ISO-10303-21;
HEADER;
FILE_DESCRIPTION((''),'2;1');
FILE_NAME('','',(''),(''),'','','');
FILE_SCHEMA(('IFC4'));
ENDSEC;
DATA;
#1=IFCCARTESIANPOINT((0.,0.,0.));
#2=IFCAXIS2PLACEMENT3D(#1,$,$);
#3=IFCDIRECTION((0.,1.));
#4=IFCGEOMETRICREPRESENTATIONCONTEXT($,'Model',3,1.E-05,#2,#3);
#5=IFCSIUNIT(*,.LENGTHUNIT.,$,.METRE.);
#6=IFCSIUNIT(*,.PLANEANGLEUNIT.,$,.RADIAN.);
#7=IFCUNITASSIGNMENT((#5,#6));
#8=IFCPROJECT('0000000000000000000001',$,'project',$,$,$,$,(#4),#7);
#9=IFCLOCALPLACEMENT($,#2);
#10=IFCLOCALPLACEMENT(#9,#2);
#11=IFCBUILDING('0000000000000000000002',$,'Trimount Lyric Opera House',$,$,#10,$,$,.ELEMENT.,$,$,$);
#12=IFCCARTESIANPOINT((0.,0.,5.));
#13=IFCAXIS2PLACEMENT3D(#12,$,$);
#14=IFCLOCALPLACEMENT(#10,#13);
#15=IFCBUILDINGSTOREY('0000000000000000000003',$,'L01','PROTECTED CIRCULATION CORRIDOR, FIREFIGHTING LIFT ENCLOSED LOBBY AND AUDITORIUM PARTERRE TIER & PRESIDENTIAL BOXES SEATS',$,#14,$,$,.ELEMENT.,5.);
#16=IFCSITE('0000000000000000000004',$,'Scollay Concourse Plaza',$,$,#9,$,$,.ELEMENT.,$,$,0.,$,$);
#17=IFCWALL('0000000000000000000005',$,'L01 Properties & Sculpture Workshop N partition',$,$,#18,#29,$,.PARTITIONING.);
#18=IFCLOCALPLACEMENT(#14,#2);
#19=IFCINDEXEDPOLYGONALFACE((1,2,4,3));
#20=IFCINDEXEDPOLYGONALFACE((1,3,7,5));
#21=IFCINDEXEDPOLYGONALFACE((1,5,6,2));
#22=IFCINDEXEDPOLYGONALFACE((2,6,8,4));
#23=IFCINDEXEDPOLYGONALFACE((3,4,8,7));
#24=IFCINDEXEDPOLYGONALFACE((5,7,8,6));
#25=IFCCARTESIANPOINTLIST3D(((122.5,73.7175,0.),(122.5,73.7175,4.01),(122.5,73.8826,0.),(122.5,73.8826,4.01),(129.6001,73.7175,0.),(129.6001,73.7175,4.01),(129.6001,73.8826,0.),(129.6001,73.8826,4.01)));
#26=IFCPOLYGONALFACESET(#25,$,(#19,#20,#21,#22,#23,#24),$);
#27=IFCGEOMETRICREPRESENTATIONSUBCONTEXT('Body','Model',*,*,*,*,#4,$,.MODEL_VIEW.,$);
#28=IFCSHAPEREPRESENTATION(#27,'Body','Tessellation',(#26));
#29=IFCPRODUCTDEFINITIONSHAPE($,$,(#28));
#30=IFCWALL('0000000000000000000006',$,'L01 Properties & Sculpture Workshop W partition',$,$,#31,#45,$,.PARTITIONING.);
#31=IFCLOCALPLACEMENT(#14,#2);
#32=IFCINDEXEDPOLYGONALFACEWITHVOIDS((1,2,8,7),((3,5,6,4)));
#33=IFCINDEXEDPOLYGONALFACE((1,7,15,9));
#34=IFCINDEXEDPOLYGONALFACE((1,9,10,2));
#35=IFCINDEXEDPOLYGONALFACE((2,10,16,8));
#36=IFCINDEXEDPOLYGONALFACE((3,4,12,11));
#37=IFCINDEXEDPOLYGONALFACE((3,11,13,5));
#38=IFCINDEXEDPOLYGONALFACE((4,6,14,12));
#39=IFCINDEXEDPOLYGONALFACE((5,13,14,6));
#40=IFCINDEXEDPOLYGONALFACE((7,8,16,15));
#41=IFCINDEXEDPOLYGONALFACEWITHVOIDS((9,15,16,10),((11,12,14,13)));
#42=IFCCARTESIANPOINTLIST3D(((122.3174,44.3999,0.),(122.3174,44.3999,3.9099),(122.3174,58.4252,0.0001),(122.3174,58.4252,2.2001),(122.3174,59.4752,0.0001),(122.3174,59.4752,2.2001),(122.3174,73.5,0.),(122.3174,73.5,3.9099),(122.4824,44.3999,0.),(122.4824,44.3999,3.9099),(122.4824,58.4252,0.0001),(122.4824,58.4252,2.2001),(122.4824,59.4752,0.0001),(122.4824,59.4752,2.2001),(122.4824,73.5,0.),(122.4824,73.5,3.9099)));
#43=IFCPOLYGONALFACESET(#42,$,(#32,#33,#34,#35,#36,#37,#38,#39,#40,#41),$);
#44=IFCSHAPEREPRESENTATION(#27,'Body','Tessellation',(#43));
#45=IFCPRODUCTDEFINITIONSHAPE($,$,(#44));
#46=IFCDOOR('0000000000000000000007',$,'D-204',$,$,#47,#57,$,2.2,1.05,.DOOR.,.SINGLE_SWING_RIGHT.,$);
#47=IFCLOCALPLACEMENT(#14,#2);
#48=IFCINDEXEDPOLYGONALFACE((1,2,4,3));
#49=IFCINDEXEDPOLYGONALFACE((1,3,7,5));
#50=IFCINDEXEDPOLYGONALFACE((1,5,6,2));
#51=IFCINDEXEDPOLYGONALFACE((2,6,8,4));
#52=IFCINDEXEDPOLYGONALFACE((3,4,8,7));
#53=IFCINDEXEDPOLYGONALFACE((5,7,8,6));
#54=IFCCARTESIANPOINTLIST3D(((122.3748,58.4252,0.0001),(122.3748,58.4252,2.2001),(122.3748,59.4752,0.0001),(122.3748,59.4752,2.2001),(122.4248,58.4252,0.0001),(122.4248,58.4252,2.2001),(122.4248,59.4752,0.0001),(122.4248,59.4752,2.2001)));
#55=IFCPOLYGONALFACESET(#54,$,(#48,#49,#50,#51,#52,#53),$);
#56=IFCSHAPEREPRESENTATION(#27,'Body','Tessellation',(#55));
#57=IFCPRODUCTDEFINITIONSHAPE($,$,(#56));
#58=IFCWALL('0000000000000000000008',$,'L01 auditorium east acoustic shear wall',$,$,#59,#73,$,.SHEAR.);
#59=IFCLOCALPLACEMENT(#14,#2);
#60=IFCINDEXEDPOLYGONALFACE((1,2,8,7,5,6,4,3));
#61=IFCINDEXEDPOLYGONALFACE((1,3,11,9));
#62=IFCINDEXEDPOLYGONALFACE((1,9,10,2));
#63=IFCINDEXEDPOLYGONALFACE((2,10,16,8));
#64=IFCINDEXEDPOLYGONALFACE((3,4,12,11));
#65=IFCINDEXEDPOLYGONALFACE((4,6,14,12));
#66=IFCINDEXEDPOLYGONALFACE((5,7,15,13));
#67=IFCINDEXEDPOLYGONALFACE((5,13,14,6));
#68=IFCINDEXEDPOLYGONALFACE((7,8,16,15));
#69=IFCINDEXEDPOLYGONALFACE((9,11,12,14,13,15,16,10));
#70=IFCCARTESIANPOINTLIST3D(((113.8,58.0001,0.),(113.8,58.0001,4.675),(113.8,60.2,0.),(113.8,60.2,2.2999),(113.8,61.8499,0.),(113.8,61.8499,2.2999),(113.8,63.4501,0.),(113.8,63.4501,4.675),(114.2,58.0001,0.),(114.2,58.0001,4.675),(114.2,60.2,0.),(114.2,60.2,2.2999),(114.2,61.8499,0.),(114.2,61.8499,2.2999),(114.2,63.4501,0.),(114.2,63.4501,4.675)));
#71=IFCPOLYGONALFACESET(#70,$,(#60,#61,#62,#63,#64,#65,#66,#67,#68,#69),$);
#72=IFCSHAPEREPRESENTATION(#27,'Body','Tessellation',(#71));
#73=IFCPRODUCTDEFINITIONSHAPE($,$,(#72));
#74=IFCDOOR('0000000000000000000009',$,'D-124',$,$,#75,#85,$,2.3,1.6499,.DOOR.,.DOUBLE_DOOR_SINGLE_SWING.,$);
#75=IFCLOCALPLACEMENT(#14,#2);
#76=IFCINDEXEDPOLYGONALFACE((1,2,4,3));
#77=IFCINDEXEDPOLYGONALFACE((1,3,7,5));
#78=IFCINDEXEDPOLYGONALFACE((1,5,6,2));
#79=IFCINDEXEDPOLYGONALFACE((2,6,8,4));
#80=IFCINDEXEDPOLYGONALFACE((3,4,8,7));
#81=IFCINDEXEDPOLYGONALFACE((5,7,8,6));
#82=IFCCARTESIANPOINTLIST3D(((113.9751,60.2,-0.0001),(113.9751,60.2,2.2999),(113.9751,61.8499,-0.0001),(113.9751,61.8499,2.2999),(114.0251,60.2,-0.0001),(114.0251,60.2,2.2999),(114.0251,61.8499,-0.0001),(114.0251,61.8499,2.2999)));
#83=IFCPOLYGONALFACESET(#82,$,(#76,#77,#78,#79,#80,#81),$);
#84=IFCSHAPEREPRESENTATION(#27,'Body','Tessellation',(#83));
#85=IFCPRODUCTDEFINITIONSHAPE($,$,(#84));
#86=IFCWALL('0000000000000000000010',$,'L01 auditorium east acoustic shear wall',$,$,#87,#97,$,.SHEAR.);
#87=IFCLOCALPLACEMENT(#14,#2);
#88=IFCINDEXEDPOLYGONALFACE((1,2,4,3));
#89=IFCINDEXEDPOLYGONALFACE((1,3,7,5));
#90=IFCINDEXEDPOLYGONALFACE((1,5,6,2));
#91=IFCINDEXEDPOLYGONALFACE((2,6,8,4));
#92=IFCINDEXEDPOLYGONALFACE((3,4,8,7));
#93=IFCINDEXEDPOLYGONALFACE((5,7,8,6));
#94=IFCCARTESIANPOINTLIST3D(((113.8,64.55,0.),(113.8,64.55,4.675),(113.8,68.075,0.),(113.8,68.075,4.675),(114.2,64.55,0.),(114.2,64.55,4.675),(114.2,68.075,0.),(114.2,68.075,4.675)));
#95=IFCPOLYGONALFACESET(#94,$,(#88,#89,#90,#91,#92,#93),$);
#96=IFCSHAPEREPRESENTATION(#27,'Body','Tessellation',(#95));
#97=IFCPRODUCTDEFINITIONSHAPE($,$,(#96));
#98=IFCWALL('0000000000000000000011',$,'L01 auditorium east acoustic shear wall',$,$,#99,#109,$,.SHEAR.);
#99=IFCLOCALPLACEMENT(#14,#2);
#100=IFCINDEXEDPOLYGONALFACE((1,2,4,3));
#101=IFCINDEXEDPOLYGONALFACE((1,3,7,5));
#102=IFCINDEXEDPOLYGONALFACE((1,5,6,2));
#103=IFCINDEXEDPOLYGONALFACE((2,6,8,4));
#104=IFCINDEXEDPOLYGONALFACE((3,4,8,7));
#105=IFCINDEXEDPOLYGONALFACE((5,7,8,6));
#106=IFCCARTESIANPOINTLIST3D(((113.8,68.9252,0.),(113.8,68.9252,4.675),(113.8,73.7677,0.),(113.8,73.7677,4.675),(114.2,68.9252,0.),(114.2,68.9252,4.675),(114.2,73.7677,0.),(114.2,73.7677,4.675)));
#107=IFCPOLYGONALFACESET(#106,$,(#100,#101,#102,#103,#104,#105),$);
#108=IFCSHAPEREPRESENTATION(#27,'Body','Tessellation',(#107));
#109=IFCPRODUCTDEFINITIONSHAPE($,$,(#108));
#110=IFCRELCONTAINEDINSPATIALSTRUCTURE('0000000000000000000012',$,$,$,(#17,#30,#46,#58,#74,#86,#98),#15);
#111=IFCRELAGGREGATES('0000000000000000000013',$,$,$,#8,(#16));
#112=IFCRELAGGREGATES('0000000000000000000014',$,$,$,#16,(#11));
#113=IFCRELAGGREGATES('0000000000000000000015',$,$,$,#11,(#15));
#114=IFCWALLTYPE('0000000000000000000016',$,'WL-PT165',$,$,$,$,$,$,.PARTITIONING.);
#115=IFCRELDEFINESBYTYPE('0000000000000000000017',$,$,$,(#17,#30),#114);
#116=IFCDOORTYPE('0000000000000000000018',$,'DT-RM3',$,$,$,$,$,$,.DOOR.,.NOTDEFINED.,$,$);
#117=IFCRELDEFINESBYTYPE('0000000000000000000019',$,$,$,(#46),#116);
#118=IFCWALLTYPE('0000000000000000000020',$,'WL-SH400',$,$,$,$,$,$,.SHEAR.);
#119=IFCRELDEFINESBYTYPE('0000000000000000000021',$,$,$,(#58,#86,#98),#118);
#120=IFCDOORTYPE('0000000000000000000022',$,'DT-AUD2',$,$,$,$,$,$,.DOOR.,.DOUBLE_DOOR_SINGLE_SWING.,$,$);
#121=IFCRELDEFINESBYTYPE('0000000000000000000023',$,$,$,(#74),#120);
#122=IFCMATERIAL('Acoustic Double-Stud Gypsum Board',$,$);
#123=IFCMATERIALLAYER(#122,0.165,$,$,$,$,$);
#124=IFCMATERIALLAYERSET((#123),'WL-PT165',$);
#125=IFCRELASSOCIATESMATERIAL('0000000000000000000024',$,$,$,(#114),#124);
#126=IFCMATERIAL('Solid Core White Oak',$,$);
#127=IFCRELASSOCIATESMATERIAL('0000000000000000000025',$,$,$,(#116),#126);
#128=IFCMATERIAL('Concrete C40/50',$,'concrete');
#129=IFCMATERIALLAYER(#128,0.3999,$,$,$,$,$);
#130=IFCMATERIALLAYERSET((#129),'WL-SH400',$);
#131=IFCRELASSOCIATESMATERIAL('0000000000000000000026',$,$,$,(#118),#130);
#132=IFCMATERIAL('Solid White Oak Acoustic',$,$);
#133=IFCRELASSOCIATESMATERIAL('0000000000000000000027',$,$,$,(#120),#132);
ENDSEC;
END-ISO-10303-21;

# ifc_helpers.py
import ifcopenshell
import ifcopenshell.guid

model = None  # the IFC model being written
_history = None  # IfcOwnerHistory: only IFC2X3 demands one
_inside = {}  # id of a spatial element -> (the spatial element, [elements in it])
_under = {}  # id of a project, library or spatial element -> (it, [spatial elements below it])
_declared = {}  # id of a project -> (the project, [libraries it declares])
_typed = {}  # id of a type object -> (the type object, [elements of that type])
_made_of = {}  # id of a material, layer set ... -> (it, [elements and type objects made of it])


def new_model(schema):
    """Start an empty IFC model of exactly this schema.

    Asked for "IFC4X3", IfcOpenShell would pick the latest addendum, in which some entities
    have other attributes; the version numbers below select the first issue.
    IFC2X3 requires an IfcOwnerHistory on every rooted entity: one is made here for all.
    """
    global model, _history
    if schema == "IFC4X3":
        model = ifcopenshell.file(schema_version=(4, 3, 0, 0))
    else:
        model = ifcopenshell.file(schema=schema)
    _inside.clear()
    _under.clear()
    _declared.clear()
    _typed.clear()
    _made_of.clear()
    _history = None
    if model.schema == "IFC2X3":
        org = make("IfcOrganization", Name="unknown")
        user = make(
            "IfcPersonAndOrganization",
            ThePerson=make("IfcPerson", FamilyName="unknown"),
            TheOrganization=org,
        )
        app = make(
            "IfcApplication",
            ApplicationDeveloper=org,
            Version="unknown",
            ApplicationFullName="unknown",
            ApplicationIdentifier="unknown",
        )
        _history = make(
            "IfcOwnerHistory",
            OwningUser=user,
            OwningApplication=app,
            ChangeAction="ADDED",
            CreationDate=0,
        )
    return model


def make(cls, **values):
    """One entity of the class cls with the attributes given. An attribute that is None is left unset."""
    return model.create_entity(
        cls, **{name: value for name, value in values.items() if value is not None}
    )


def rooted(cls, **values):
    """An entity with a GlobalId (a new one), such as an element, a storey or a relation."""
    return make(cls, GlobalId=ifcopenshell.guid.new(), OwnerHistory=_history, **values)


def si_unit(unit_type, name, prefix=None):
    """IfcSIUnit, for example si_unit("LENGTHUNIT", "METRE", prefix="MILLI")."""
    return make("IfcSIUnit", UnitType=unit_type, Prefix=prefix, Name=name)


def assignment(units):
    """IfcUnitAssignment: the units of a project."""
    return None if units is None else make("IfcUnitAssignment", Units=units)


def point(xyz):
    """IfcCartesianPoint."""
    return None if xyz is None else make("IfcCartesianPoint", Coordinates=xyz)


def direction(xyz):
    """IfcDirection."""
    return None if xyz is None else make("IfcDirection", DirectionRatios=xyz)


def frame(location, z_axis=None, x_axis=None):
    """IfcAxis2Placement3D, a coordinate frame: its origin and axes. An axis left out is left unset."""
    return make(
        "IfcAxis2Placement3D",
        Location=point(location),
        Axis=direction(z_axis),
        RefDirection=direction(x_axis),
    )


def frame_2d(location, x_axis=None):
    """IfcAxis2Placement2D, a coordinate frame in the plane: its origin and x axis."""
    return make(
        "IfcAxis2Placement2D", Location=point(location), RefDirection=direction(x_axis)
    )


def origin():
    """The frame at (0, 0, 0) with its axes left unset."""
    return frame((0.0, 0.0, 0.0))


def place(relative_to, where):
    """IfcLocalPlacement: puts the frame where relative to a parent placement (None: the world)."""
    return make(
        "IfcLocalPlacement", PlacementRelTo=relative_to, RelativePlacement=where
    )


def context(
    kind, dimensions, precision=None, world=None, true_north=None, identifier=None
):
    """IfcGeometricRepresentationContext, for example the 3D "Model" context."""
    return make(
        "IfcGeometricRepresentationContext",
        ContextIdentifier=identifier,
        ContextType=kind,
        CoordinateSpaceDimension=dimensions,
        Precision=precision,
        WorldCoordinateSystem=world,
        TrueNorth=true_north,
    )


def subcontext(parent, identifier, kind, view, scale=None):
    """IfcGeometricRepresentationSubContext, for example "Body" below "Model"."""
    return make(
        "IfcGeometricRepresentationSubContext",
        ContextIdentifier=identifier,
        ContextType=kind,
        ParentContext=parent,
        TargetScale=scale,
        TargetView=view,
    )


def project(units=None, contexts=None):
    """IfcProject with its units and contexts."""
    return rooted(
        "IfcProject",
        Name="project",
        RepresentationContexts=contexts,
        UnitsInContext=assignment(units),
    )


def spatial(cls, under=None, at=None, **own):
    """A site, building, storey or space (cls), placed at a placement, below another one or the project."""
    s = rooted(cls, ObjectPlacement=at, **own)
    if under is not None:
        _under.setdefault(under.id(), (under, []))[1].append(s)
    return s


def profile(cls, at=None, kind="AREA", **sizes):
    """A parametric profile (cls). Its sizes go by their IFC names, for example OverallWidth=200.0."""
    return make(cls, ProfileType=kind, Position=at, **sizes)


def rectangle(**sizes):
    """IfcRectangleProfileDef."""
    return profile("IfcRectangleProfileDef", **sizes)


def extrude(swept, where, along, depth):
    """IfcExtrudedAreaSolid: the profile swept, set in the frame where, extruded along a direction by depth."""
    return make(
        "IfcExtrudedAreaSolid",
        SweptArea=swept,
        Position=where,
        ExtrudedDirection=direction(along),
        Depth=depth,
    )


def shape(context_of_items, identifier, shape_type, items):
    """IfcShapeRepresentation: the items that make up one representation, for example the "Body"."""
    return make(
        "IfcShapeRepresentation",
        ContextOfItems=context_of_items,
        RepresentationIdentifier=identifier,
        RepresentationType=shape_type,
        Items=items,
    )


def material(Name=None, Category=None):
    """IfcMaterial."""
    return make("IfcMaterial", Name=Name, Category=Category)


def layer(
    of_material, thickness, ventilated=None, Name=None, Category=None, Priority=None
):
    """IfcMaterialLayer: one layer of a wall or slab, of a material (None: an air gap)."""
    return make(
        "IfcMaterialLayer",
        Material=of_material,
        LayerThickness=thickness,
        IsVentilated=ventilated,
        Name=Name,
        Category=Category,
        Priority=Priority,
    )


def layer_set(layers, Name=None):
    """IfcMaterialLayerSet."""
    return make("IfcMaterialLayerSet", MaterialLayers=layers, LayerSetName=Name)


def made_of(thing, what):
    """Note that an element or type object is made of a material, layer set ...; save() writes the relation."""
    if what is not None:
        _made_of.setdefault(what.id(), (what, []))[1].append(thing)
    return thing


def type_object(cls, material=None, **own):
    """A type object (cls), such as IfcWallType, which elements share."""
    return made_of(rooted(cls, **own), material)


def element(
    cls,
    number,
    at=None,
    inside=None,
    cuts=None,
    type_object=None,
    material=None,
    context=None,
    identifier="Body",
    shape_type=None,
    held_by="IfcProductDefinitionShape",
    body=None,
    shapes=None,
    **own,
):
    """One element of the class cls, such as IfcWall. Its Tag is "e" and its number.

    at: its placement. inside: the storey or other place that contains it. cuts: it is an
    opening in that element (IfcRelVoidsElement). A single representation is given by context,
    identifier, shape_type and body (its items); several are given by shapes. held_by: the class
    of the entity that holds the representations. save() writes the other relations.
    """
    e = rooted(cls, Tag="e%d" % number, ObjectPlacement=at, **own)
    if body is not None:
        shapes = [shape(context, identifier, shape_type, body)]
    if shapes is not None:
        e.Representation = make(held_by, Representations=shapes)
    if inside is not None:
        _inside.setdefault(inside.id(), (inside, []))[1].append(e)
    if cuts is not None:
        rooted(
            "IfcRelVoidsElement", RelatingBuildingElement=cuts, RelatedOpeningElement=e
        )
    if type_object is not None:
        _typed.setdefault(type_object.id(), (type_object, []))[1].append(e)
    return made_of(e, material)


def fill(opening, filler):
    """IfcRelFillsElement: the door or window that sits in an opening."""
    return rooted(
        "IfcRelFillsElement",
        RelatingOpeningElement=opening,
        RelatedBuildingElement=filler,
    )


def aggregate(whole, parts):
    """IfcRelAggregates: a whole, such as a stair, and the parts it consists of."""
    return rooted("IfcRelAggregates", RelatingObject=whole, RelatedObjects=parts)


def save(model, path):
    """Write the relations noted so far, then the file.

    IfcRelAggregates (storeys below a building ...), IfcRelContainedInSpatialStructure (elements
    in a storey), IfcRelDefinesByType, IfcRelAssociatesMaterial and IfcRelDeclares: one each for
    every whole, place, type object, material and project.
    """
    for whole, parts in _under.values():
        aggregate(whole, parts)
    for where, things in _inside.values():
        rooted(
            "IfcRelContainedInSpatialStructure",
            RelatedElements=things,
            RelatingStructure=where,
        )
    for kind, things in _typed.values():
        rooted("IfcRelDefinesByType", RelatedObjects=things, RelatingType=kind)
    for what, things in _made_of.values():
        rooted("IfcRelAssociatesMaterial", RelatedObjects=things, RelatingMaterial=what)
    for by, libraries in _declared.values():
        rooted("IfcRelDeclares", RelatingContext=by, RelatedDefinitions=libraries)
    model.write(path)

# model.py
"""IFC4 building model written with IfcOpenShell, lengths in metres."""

from ifc_helpers import new_model, si_unit, direction, frame, frame_2d, origin, place, context, subcontext, project, spatial, rectangle, extrude, material, layer, layer_set, type_object, element, fill, save


model = new_model("IFC4")

# Units and contexts
model_context = context("Model", 3, precision=1e-05, world=origin(), true_north=direction((0.0, 1.0)))
body_context = subcontext(model_context, "Body", "Model", "MODEL_VIEW")
ifc_project = project(units=[si_unit("LENGTHUNIT", "METRE"), si_unit("PLANEANGLEUNIT", "RADIAN")], contexts=[model_context])

# Site, building, storey
site_placement = place(None, origin())
site = spatial("IfcSite", under=ifc_project, at=site_placement, Name="Scollay Concourse Plaza", CompositionType="ELEMENT", RefElevation=0.0)
building_placement = place(site_placement, origin())
building = spatial("IfcBuilding", under=site, at=building_placement, Name="Trimount Lyric Opera House", CompositionType="ELEMENT")
storey_placement = place(building_placement, frame((0.0, 0.0, 5.0)))
storey = spatial("IfcBuildingStorey", under=building, at=storey_placement, Name="L01", Description="PROTECTED CIRCULATION CORRIDOR, FIREFIGHTING LIFT ENCLOSED LOBBY AND AUDITORIUM PARTERRE TIER & PRESIDENTIAL BOXES SEATS", CompositionType="ELEMENT", Elevation=5.0)

# Wall
ifc_material_1 = material(Name="Acoustic Double-Stud Gypsum Board")
ifc_layer_1 = layer(ifc_material_1, 0.165)
ifc_layer_set_1 = layer_set([ifc_layer_1], Name="WL-PT165")
wall_type_1 = type_object("IfcWallType", Name="WL-PT165", PredefinedType="PARTITIONING", material=ifc_layer_set_1)
wall_1_placement = place(storey_placement, frame((129.6001, 73.8, 0.0), z_axis=(0.0, 0.0, 1.0), x_axis=(-1.0, 0.0, 0.0)))
element("IfcWall", 1, at=wall_1_placement, inside=storey, type_object=wall_type_1, Name="L01 Properties & Sculpture Workshop N partition", PredefinedType="PARTITIONING", context=body_context, shape_type="SweptSolid", body=[
    extrude(rectangle(XDim=7.1001, YDim=0.165, at=frame_2d((3.55, 0.0))), origin(), (0.0, 0.0, 1.0), 4.01),
])

# Walls, openings, doors
wall_2_placement = place(storey_placement, frame((122.3999, 73.5, 0.0), z_axis=(0.0, 0.0, 1.0), x_axis=(0.0, -1.0, 0.0)))
wall_2 = element("IfcWall", 2, at=wall_2_placement, inside=storey, type_object=wall_type_1, Name="L01 Properties & Sculpture Workshop W partition", PredefinedType="PARTITIONING", context=body_context, shape_type="SweptSolid", body=[
    extrude(rectangle(XDim=29.1001, YDim=0.165, at=frame_2d((14.55, 0.0))), origin(), (0.0, 0.0, 1.0), 3.9099),
])
opening_1_placement = place(wall_2_placement, frame((14.0249, 0.0, 0.0)))
opening_1 = element("IfcOpeningElement", 3, at=opening_1_placement, cuts=wall_2, PredefinedType="OPENING", context=body_context, shape_type="SweptSolid", body=[
    extrude(rectangle(XDim=1.05, YDim=2.2, at=frame_2d((0.5249, 1.1001))), frame((0.0, 0.0925, 0.0), z_axis=(0.0, -1.0, 0.0), x_axis=(1.0, 0.0, 0.0)), (0.0, 0.0, 1.0), 0.1851),
])
ifc_material_2 = material(Name="Solid Core White Oak")
door_type_1 = type_object("IfcDoorType", Name="DT-RM3", OperationType="NOTDEFINED", PredefinedType="DOOR", material=ifc_material_2)
door_1_placement = place(opening_1_placement, origin())
door_1 = element("IfcDoor", 4, at=door_1_placement, inside=storey, type_object=door_type_1, Name="D-204", OperationType="SINGLE_SWING_RIGHT", OverallHeight=2.2, OverallWidth=1.05, PredefinedType="DOOR", context=body_context, shape_type="SweptSolid", body=[
    extrude(rectangle(XDim=1.05, YDim=2.2, at=frame_2d((0.5249, 1.1001))), frame((0.0, 0.0249, 0.0), z_axis=(0.0, -1.0, 0.0), x_axis=(1.0, 0.0, 0.0)), (0.0, 0.0, 1.0), 0.05),
])
fill(opening_1, door_1)
ifc_material_3 = material(Name="Concrete C40/50", Category="concrete")
ifc_layer_2 = layer(ifc_material_3, 0.3999)
ifc_layer_set_2 = layer_set([ifc_layer_2], Name="WL-SH400")
wall_type_2 = type_object("IfcWallType", Name="WL-SH400", PredefinedType="SHEAR", material=ifc_layer_set_2)
wall_3_placement = place(storey_placement, frame((114.0, 58.0, 0.0), z_axis=(0.0, 0.0, 1.0), x_axis=(0.0, 1.0, 0.0)))
wall_3 = element("IfcWall", 5, at=wall_3_placement, inside=storey, type_object=wall_type_2, Name="L01 auditorium east acoustic shear wall", PredefinedType="SHEAR", context=body_context, shape_type="SweptSolid", body=[
    extrude(rectangle(XDim=5.45, YDim=0.3999, at=frame_2d((2.7251, 0.0))), origin(), (0.0, 0.0, 1.0), 4.675),
])
opening_2_placement = place(wall_3_placement, frame((2.2, 0.0, 0.0)))
opening_2 = element("IfcOpeningElement", 6, at=opening_2_placement, cuts=wall_3, PredefinedType="OPENING", context=body_context, shape_type="SweptSolid", body=[
    extrude(rectangle(XDim=1.6499, YDim=2.3, at=frame_2d((0.825, 1.1499))), frame((0.0, 0.21, 0.0), z_axis=(0.0, -1.0, 0.0), x_axis=(1.0, 0.0, 0.0)), (0.0, 0.0, 1.0), 0.4199),
])
ifc_material_4 = material(Name="Solid White Oak Acoustic")
door_type_2 = type_object("IfcDoorType", Name="DT-AUD2", OperationType="DOUBLE_DOOR_SINGLE_SWING", PredefinedType="DOOR", material=ifc_material_4)
door_2_placement = place(opening_2_placement, origin())
door_2 = element("IfcDoor", 7, at=door_2_placement, inside=storey, type_object=door_type_2, Name="D-124", OperationType="DOUBLE_DOOR_SINGLE_SWING", OverallHeight=2.3, OverallWidth=1.6499, PredefinedType="DOOR", context=body_context, shape_type="SweptSolid", body=[
    extrude(rectangle(XDim=1.6499, YDim=2.3, at=frame_2d((0.825, 1.1499))), frame((0.0, 0.0249, 0.0), z_axis=(0.0, -1.0, 0.0), x_axis=(1.0, 0.0, 0.0)), (0.0, 0.0, 1.0), 0.05),
])
fill(opening_2, door_2)

# Walls
wall_4_placement = place(storey_placement, frame((114.0, 64.55, 0.0), z_axis=(0.0, 0.0, 1.0), x_axis=(0.0, 1.0, 0.0)))
element("IfcWall", 8, at=wall_4_placement, inside=storey, type_object=wall_type_2, Name="L01 auditorium east acoustic shear wall", PredefinedType="SHEAR", context=body_context, shape_type="SweptSolid", body=[
    extrude(rectangle(XDim=3.5249, YDim=0.3999, at=frame_2d((1.7625, 0.0))), origin(), (0.0, 0.0, 1.0), 4.675),
])
wall_5_placement = place(storey_placement, frame((114.0, 68.925, 0.0), z_axis=(0.0, 0.0, 1.0), x_axis=(0.0, 1.0, 0.0)))
element("IfcWall", 9, at=wall_5_placement, inside=storey, type_object=wall_type_2, Name="L01 auditorium east acoustic shear wall", PredefinedType="SHEAR", context=body_context, shape_type="SweptSolid", body=[
    extrude(rectangle(XDim=4.8425, YDim=0.3999, at=frame_2d((2.4214, 0.0))), origin(), (0.0, 0.0, 1.0), 4.675),
])

save(model, "model.ifc")
